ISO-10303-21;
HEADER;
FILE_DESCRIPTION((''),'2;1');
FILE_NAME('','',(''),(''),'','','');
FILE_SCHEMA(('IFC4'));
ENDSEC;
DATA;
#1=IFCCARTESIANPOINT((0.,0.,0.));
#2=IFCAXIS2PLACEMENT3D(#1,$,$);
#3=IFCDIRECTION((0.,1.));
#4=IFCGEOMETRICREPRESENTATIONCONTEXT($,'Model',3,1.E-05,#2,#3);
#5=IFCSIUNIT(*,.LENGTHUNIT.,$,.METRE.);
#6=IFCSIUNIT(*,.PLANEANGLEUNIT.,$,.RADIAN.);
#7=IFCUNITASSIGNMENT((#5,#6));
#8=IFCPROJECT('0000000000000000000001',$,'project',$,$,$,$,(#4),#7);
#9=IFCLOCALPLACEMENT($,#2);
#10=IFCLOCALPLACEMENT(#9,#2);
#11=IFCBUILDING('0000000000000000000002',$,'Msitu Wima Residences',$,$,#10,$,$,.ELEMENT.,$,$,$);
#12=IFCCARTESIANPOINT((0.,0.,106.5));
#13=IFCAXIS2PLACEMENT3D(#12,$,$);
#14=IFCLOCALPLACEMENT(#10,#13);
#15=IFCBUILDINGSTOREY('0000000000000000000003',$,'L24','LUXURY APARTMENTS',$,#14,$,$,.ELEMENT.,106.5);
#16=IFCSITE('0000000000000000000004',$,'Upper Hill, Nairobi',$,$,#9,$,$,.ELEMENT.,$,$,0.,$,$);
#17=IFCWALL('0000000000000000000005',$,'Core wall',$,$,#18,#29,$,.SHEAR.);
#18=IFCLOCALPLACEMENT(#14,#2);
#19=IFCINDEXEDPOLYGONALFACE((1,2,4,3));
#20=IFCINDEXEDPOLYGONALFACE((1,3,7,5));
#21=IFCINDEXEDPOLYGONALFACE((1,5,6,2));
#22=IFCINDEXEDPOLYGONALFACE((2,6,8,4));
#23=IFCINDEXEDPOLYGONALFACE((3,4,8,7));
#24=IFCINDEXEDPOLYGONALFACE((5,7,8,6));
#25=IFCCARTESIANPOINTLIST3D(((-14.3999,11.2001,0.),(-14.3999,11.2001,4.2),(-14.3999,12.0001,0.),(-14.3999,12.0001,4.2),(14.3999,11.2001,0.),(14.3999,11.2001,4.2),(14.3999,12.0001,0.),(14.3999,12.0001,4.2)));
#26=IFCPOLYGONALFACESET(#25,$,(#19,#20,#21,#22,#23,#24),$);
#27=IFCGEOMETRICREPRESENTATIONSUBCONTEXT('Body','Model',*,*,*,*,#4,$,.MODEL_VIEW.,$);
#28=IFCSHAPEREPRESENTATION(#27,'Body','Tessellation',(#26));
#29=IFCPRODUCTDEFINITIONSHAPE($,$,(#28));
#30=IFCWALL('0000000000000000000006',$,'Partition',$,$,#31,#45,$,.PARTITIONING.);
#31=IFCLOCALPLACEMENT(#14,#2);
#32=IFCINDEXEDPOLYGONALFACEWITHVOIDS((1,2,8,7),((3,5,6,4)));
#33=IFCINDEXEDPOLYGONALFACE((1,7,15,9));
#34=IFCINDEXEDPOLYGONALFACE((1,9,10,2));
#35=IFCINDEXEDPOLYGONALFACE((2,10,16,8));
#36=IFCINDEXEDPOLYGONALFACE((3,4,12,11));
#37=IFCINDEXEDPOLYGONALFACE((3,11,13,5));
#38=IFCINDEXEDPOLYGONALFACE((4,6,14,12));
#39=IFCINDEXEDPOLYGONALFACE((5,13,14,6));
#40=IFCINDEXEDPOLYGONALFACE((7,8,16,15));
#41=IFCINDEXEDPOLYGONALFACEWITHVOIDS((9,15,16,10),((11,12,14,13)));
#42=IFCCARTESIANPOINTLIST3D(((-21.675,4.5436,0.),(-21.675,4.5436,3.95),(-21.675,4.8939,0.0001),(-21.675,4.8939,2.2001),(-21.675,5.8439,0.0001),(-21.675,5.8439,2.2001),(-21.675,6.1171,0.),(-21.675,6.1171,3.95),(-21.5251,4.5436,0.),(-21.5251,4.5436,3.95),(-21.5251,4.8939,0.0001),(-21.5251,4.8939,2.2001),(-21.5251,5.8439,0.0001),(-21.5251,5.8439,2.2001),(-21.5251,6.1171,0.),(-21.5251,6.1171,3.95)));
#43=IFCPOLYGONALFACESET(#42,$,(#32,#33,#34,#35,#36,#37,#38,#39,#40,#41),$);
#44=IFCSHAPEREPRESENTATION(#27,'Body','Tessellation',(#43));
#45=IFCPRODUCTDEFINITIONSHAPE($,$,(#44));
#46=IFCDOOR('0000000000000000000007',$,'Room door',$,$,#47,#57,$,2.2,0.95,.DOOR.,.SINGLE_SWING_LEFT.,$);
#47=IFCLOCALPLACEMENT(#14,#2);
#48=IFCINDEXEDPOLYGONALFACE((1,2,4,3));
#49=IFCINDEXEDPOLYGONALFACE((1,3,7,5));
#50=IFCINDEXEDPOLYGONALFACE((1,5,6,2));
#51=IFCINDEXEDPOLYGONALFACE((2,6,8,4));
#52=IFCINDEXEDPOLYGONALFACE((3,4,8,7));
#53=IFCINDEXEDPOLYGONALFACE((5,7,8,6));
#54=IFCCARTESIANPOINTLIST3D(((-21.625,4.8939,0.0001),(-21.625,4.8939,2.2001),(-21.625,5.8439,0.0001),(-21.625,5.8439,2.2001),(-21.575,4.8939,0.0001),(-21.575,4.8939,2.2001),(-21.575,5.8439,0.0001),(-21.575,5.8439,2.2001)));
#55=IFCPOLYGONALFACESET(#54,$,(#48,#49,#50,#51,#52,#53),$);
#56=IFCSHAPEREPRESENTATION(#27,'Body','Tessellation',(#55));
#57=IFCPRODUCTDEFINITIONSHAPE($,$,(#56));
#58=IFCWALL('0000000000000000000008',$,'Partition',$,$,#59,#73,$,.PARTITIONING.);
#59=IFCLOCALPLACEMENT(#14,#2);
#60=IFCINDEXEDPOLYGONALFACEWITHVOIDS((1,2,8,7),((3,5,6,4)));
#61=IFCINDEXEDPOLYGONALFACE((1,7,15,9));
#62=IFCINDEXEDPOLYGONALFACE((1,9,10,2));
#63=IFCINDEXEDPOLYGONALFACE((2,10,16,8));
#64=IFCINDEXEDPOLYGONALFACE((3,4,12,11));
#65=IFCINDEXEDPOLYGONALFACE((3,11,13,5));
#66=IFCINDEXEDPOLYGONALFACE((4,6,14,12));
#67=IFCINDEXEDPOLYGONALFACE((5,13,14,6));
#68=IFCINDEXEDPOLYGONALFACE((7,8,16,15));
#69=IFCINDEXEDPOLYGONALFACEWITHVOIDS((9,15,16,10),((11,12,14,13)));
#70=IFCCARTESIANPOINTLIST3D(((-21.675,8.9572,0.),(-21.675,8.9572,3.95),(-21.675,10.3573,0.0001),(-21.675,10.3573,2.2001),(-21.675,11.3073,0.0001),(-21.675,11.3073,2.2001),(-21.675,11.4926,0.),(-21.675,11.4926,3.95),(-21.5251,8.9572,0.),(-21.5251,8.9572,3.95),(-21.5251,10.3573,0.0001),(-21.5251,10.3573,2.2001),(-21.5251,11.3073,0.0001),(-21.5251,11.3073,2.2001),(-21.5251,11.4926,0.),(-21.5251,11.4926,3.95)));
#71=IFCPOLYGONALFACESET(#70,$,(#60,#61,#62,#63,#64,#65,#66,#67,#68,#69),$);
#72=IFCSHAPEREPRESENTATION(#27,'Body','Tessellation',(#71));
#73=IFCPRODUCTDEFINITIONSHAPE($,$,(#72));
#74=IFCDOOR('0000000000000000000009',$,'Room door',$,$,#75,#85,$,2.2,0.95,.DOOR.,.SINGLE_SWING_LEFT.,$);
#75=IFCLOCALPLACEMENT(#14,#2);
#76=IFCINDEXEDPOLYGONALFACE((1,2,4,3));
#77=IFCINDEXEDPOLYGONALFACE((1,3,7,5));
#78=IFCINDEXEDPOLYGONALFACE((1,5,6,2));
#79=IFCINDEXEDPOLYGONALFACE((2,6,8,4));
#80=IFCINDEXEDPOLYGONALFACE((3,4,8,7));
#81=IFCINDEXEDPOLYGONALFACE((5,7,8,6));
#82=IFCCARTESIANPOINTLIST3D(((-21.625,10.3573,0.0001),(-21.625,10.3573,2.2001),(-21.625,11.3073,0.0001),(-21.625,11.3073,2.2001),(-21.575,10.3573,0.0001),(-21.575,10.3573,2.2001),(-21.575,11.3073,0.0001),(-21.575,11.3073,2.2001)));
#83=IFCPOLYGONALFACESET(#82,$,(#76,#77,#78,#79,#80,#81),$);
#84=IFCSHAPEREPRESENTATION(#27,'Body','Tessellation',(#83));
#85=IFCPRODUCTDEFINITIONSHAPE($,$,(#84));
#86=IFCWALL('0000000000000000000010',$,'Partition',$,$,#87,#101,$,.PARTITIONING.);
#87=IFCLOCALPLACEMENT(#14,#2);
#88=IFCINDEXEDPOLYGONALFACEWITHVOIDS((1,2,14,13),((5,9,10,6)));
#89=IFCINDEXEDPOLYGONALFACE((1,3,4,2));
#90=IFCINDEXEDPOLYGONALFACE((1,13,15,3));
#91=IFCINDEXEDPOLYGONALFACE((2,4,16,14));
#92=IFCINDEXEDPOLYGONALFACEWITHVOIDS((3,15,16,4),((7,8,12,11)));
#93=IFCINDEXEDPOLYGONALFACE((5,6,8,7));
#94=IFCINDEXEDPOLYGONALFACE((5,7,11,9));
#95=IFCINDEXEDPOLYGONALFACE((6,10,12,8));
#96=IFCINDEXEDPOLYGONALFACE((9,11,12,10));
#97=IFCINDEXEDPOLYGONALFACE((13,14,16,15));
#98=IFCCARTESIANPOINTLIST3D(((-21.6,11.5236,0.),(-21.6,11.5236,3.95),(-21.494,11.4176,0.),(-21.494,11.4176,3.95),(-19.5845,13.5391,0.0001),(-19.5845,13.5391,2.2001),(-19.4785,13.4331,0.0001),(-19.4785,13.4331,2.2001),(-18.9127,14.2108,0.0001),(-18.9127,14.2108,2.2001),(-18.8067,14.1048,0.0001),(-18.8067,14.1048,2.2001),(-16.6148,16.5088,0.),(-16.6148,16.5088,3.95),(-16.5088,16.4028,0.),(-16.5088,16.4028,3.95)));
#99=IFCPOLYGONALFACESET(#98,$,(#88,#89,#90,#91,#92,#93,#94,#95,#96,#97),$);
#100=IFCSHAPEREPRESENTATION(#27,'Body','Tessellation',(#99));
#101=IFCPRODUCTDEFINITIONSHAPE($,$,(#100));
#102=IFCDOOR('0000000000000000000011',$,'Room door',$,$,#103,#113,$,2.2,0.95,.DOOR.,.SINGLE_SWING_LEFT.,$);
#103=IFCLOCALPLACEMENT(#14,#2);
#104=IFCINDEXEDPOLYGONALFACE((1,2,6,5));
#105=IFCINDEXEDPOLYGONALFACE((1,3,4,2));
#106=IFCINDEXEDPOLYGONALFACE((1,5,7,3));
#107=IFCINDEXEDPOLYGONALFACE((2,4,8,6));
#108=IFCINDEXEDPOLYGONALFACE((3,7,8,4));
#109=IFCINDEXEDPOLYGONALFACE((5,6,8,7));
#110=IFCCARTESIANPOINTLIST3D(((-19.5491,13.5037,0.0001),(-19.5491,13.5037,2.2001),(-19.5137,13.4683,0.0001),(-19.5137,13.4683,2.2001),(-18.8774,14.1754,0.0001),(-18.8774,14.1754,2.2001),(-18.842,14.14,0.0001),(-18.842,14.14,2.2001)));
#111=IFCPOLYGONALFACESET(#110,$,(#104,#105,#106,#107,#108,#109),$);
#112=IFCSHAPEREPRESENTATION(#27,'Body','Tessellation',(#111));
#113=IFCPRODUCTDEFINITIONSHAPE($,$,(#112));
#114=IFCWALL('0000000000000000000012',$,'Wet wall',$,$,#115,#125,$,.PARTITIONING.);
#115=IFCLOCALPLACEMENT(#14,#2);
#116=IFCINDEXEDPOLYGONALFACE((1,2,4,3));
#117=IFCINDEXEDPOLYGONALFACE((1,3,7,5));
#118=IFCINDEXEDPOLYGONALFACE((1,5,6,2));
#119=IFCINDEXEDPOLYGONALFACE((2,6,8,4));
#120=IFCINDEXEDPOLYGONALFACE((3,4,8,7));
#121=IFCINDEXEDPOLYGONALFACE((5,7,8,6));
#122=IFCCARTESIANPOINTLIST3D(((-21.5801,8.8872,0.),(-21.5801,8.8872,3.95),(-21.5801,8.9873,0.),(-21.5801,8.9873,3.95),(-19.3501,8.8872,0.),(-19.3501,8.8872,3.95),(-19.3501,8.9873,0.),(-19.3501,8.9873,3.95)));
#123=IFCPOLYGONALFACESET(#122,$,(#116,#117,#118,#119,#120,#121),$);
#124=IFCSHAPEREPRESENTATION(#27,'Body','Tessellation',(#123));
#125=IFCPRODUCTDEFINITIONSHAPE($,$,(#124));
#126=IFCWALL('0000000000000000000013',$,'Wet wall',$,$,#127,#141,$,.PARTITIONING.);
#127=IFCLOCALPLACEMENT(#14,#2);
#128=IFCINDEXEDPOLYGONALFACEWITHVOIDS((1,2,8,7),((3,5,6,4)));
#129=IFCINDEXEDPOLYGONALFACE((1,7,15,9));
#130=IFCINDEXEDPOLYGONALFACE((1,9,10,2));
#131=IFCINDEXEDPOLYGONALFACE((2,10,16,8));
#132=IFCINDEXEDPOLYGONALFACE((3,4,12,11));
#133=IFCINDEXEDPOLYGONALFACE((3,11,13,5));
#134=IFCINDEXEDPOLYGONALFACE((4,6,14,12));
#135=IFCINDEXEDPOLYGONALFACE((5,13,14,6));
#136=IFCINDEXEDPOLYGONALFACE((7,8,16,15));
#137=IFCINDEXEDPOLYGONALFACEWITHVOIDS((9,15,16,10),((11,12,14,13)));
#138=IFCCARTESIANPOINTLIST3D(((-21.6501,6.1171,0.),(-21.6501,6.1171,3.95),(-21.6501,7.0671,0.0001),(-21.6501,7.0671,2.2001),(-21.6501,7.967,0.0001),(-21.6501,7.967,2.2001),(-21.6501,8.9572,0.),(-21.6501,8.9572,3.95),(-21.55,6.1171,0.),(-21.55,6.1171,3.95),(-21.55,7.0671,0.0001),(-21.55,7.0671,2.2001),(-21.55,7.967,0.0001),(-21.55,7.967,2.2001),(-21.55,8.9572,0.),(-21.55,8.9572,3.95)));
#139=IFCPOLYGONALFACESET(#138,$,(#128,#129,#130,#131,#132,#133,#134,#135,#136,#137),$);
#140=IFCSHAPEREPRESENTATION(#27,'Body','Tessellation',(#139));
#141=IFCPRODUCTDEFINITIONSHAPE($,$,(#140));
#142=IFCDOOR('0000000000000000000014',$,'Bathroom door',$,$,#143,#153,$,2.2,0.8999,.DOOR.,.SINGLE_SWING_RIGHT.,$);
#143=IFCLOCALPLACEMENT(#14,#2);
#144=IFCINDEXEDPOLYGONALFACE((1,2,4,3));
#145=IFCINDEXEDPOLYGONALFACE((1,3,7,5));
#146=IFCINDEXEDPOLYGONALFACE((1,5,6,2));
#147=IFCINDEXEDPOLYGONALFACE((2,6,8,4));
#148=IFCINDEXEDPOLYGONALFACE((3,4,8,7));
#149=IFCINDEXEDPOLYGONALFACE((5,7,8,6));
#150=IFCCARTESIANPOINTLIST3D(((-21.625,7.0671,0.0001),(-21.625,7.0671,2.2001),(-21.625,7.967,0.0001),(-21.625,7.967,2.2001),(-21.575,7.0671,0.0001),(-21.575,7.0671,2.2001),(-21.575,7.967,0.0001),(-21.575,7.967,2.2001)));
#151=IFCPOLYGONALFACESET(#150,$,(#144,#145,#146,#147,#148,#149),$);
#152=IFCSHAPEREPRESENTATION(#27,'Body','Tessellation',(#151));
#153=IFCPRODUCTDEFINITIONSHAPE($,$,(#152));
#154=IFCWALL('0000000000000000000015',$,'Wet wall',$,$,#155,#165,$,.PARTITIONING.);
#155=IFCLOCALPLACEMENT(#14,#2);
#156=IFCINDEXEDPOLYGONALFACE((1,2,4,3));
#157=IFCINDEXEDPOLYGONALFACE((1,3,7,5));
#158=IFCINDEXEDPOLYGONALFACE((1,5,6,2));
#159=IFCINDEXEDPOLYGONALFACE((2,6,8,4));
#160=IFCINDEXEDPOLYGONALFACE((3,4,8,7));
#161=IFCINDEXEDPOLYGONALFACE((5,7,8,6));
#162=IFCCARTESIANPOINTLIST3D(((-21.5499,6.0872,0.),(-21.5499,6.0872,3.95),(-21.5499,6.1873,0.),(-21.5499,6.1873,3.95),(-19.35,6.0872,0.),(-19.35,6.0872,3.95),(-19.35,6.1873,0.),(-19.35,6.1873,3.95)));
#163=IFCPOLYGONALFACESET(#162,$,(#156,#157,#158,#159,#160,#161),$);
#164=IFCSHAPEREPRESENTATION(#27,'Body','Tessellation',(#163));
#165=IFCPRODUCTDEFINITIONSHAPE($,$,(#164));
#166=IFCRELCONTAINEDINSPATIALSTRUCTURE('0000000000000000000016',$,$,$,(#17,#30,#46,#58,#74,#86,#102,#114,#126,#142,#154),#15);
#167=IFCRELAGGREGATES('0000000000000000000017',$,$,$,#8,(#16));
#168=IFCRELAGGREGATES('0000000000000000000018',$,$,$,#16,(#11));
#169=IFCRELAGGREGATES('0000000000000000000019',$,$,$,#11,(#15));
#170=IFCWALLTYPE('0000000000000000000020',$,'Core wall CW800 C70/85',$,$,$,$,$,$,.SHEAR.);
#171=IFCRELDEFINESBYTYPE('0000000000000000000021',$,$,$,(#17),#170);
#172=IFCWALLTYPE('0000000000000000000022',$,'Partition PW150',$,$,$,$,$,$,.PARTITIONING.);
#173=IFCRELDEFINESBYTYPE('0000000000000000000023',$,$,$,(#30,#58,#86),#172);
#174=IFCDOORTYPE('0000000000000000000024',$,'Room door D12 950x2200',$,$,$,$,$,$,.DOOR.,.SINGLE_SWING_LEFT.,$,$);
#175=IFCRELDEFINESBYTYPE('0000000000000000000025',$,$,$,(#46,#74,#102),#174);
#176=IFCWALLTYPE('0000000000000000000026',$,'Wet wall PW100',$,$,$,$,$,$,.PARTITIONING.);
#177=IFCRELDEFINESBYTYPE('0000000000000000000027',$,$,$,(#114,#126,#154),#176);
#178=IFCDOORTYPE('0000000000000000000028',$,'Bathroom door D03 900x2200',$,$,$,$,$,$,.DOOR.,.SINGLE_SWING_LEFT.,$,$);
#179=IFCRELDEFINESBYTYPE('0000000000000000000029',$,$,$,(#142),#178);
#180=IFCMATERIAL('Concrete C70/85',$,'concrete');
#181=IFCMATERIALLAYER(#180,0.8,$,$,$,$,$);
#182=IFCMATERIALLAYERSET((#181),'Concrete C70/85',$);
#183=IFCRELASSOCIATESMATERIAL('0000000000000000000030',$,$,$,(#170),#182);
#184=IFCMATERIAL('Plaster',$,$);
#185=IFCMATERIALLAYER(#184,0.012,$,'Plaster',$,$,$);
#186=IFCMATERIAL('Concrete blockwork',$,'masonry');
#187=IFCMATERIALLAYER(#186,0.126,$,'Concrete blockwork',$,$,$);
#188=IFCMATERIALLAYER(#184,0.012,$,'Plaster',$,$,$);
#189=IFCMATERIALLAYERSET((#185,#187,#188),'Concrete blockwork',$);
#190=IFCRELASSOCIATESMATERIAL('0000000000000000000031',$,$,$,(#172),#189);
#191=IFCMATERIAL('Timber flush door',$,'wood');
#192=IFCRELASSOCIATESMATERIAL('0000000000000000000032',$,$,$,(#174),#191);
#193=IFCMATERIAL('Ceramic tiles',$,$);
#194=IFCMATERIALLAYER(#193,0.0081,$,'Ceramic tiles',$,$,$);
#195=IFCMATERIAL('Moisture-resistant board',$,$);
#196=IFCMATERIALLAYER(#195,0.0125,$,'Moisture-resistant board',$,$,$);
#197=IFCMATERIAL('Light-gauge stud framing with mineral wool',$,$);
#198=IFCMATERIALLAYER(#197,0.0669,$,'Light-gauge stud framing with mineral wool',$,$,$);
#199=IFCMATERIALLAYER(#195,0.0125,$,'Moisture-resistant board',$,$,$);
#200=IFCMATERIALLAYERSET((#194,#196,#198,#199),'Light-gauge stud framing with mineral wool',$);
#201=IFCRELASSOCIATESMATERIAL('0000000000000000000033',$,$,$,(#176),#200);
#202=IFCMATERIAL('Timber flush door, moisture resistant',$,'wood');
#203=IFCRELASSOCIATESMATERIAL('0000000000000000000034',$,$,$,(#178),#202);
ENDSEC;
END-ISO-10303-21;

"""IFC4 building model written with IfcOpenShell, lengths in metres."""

from ifc_helpers import new_model, si_unit, direction, frame, frame_2d, origin, place, context, subcontext, project, spatial, rectangle, extrude, material, layer, layer_set, type_object, element, fill, save


model = new_model("IFC4")

# Units and contexts
model_context = context("Model", 3, precision=1e-05, world=origin(), true_north=direction((0.0, 1.0)))
body_context = subcontext(model_context, "Body", "Model", "MODEL_VIEW")
ifc_project = project(units=[si_unit("LENGTHUNIT", "METRE"), si_unit("PLANEANGLEUNIT", "RADIAN")], contexts=[model_context])

# Site, building, storey
site_placement = place(None, origin())
site = spatial("IfcSite", under=ifc_project, at=site_placement, Name="Upper Hill, Nairobi", CompositionType="ELEMENT", RefElevation=0.0)
building_placement = place(site_placement, origin())
building = spatial("IfcBuilding", under=site, at=building_placement, Name="Msitu Wima Residences", CompositionType="ELEMENT")
storey_placement = place(building_placement, frame((0.0, 0.0, 106.5)))
storey = spatial("IfcBuildingStorey", under=building, at=storey_placement, Name="L24", Description="LUXURY APARTMENTS", CompositionType="ELEMENT", Elevation=106.5)

# Wall
ifc_material_1 = material(Name="Concrete C70/85", Category="concrete")
ifc_layer_1 = layer(ifc_material_1, 0.8)
ifc_layer_set_1 = layer_set([ifc_layer_1], Name="Concrete C70/85")
wall_type_1 = type_object("IfcWallType", Name="Core wall CW800 C70/85", PredefinedType="SHEAR", material=ifc_layer_set_1)
wall_1_placement = place(storey_placement, frame((-14.3999, 11.6001, 0.0), z_axis=(0.0, 0.0, 1.0), x_axis=(1.0, 0.0, 0.0)))
element("IfcWall", 1, at=wall_1_placement, inside=storey, type_object=wall_type_1, Name="Core wall", PredefinedType="SHEAR", context=body_context, shape_type="SweptSolid", body=[
    extrude(rectangle(XDim=28.7998, YDim=0.8, at=frame_2d((14.3999, 0.0))), origin(), (0.0, 0.0, 1.0), 4.2),
])

# Walls, openings, doors
ifc_material_2 = material(Name="Plaster")
ifc_layer_2 = layer(ifc_material_2, 0.012, Name="Plaster")
ifc_material_3 = material(Name="Concrete blockwork", Category="masonry")
ifc_layer_3 = layer(ifc_material_3, 0.126, Name="Concrete blockwork")
ifc_layer_4 = layer(ifc_material_2, 0.012, Name="Plaster")
ifc_layer_set_2 = layer_set([ifc_layer_2, ifc_layer_3, ifc_layer_4], Name="Concrete blockwork")
wall_type_2 = type_object("IfcWallType", Name="Partition PW150", PredefinedType="PARTITIONING", material=ifc_layer_set_2)
wall_2_placement = place(storey_placement, frame((-21.6001, 4.5437, 0.0), z_axis=(0.0, 0.0, 1.0), x_axis=(0.0, 1.0, 0.0)))
wall_2 = element("IfcWall", 2, at=wall_2_placement, inside=storey, type_object=wall_type_2, Name="Partition", PredefinedType="PARTITIONING", context=body_context, shape_type="SweptSolid", body=[
    extrude(rectangle(XDim=1.5735, YDim=0.1499, at=frame_2d((0.7866, 0.0))), origin(), (0.0, 0.0, 1.0), 3.95),
])
opening_1_placement = place(wall_2_placement, frame((0.3501, 0.0, 0.0)))
opening_1 = element("IfcOpeningElement", 3, at=opening_1_placement, cuts=wall_2, PredefinedType="OPENING", context=body_context, shape_type="SweptSolid", body=[
    extrude(rectangle(XDim=0.95, YDim=2.2, at=frame_2d((0.4751, 1.1001))), frame((0.0, 0.085, 0.0), z_axis=(0.0, -1.0, 0.0), x_axis=(1.0, 0.0, 0.0)), (0.0, 0.0, 1.0), 0.1699),
])
ifc_material_4 = material(Name="Timber flush door", Category="wood")
door_type_1 = type_object("IfcDoorType", Name="Room door D12 950x2200", OperationType="SINGLE_SWING_LEFT", PredefinedType="DOOR", material=ifc_material_4)
door_1_placement = place(opening_1_placement, origin())
door_1 = element("IfcDoor", 4, at=door_1_placement, inside=storey, type_object=door_type_1, Name="Room door", OperationType="SINGLE_SWING_LEFT", OverallHeight=2.2, OverallWidth=0.95, PredefinedType="DOOR", context=body_context, shape_type="SweptSolid", body=[
    extrude(rectangle(XDim=0.95, YDim=2.2, at=frame_2d((0.4751, 1.1001))), frame((0.0, 0.0249, 0.0), z_axis=(0.0, -1.0, 0.0), x_axis=(1.0, 0.0, 0.0)), (0.0, 0.0, 1.0), 0.05),
])
fill(opening_1, door_1)
wall_3_placement = place(storey_placement, frame((-21.6001, 8.9573, 0.0), z_axis=(0.0, 0.0, 1.0), x_axis=(0.0, 1.0, 0.0)))
wall_3 = element("IfcWall", 5, at=wall_3_placement, inside=storey, type_object=wall_type_2, Name="Partition", PredefinedType="PARTITIONING", context=body_context, shape_type="SweptSolid", body=[
    extrude(rectangle(XDim=2.5354, YDim=0.1499, at=frame_2d((1.2676, 0.0))), origin(), (0.0, 0.0, 1.0), 3.95),
])
opening_2_placement = place(wall_3_placement, frame((1.3999, 0.0, 0.0)))
opening_2 = element("IfcOpeningElement", 6, at=opening_2_placement, cuts=wall_3, PredefinedType="OPENING", context=body_context, shape_type="SweptSolid", body=[
    extrude(rectangle(XDim=0.95, YDim=2.2, at=frame_2d((0.4751, 1.1001))), frame((0.0, 0.085, 0.0), z_axis=(0.0, -1.0, 0.0), x_axis=(1.0, 0.0, 0.0)), (0.0, 0.0, 1.0), 0.1699),
])
door_2_placement = place(opening_2_placement, origin())
door_2 = element("IfcDoor", 7, at=door_2_placement, inside=storey, type_object=door_type_1, Name="Room door", OperationType="SINGLE_SWING_LEFT", OverallHeight=2.2, OverallWidth=0.95, PredefinedType="DOOR", context=body_context, shape_type="SweptSolid", body=[
    extrude(rectangle(XDim=0.95, YDim=2.2, at=frame_2d((0.4751, 1.1001))), frame((0.0, 0.0249, 0.0), z_axis=(0.0, -1.0, 0.0), x_axis=(1.0, 0.0, 0.0)), (0.0, 0.0, 1.0), 0.05),
])
fill(opening_2, door_2)
wall_4_placement = place(storey_placement, frame((-21.5469, 11.4707, 0.0), z_axis=(0.0, 0.0, 1.0), x_axis=(0.707107, 0.707107, 0.0)))
wall_4 = element("IfcWall", 8, at=wall_4_placement, inside=storey, type_object=wall_type_2, Name="Partition", PredefinedType="PARTITIONING", context=body_context, shape_type="SweptSolid", body=[
    extrude(rectangle(XDim=7.05, YDim=0.1499, at=frame_2d((3.5249, 0.0))), origin(), (0.0, 0.0, 1.0), 3.95),
])
opening_3_placement = place(wall_4_placement, frame((2.8501, 0.0, 0.0)))
opening_3 = element("IfcOpeningElement", 9, at=opening_3_placement, cuts=wall_4, PredefinedType="OPENING", context=body_context, shape_type="SweptSolid", body=[
    extrude(rectangle(XDim=0.95, YDim=2.2, at=frame_2d((0.4751, 1.1001))), frame((0.0, 0.085, 0.0), z_axis=(0.0, -1.0, 0.0), x_axis=(1.0, 0.0, 0.0)), (0.0, 0.0, 1.0), 0.1699),
])
door_3_placement = place(opening_3_placement, origin())
door_3 = element("IfcDoor", 10, at=door_3_placement, inside=storey, type_object=door_type_1, Name="Room door", OperationType="SINGLE_SWING_LEFT", OverallHeight=2.2, OverallWidth=0.95, PredefinedType="DOOR", context=body_context, shape_type="SweptSolid", body=[
    extrude(rectangle(XDim=0.95, YDim=2.2, at=frame_2d((0.4751, 1.1001))), frame((0.0, 0.0249, 0.0), z_axis=(0.0, -1.0, 0.0), x_axis=(1.0, 0.0, 0.0)), (0.0, 0.0, 1.0), 0.05),
])
fill(opening_3, door_3)

# Wall
ifc_material_5 = material(Name="Ceramic tiles")
ifc_layer_5 = layer(ifc_material_5, 0.0081, Name="Ceramic tiles")
ifc_material_6 = material(Name="Moisture-resistant board")
ifc_layer_6 = layer(ifc_material_6, 0.0125, Name="Moisture-resistant board")
ifc_material_7 = material(Name="Light-gauge stud framing with mineral wool")
ifc_layer_7 = layer(ifc_material_7, 0.0669, Name="Light-gauge stud framing with mineral wool")
ifc_layer_8 = layer(ifc_material_6, 0.0125, Name="Moisture-resistant board")
ifc_layer_set_3 = layer_set([ifc_layer_5, ifc_layer_6, ifc_layer_7, ifc_layer_8], Name="Light-gauge stud framing with mineral wool")
wall_type_3 = type_object("IfcWallType", Name="Wet wall PW100", PredefinedType="PARTITIONING", material=ifc_layer_set_3)
wall_5_placement = place(storey_placement, frame((-21.5801, 8.9373, 0.0), z_axis=(0.0, 0.0, 1.0), x_axis=(1.0, 0.0, 0.0)))
element("IfcWall", 11, at=wall_5_placement, inside=storey, type_object=wall_type_3, Name="Wet wall", PredefinedType="PARTITIONING", context=body_context, shape_type="SweptSolid", body=[
    extrude(rectangle(XDim=2.23, YDim=0.1001, at=frame_2d((1.115, 0.0))), origin(), (0.0, 0.0, 1.0), 3.95),
])

# Wall, opening, door
wall_6_placement = place(storey_placement, frame((-21.6001, 6.1172, 0.0), z_axis=(0.0, 0.0, 1.0), x_axis=(0.0, 1.0, 0.0)))
wall_6 = element("IfcWall", 12, at=wall_6_placement, inside=storey, type_object=wall_type_3, Name="Wet wall", PredefinedType="PARTITIONING", context=body_context, shape_type="SweptSolid", body=[
    extrude(rectangle(XDim=2.8401, YDim=0.1001, at=frame_2d((1.4199, 0.0))), origin(), (0.0, 0.0, 1.0), 3.95),
])
opening_4_placement = place(wall_6_placement, frame((0.95, 0.0, 0.0)))
opening_4 = element("IfcOpeningElement", 13, at=opening_4_placement, cuts=wall_6, PredefinedType="OPENING", context=body_context, shape_type="SweptSolid", body=[
    extrude(rectangle(XDim=0.8999, YDim=2.2, at=frame_2d((0.45, 1.1001))), frame((0.0, 0.0601, 0.0), z_axis=(0.0, -1.0, 0.0), x_axis=(1.0, 0.0, 0.0)), (0.0, 0.0, 1.0), 0.1201),
])
ifc_material_8 = material(Name="Timber flush door, moisture resistant", Category="wood")
door_type_2 = type_object("IfcDoorType", Name="Bathroom door D03 900x2200", OperationType="SINGLE_SWING_LEFT", PredefinedType="DOOR", material=ifc_material_8)
door_4_placement = place(opening_4_placement, origin())
door_4 = element("IfcDoor", 14, at=door_4_placement, inside=storey, type_object=door_type_2, Name="Bathroom door", OperationType="SINGLE_SWING_RIGHT", OverallHeight=2.2, OverallWidth=0.8999, PredefinedType="DOOR", context=body_context, shape_type="SweptSolid", body=[
    extrude(rectangle(XDim=0.8999, YDim=2.2, at=frame_2d((0.45, 1.1001))), frame((0.0, 0.0249, 0.0), z_axis=(0.0, -1.0, 0.0), x_axis=(1.0, 0.0, 0.0)), (0.0, 0.0, 1.0), 0.05),
])
fill(opening_4, door_4)

# Wall
wall_7_placement = place(storey_placement, frame((-21.55, 6.1372, 0.0), z_axis=(0.0, 0.0, 1.0), x_axis=(1.0, 0.0, 0.0)))
element("IfcWall", 15, at=wall_7_placement, inside=storey, type_object=wall_type_3, Name="Wet wall", PredefinedType="PARTITIONING", context=body_context, shape_type="SweptSolid", body=[
    extrude(rectangle(XDim=2.2, YDim=0.1001, at=frame_2d((1.1001, 0.0))), origin(), (0.0, 0.0, 1.0), 3.95),
])

save(model, "model.ifc")
